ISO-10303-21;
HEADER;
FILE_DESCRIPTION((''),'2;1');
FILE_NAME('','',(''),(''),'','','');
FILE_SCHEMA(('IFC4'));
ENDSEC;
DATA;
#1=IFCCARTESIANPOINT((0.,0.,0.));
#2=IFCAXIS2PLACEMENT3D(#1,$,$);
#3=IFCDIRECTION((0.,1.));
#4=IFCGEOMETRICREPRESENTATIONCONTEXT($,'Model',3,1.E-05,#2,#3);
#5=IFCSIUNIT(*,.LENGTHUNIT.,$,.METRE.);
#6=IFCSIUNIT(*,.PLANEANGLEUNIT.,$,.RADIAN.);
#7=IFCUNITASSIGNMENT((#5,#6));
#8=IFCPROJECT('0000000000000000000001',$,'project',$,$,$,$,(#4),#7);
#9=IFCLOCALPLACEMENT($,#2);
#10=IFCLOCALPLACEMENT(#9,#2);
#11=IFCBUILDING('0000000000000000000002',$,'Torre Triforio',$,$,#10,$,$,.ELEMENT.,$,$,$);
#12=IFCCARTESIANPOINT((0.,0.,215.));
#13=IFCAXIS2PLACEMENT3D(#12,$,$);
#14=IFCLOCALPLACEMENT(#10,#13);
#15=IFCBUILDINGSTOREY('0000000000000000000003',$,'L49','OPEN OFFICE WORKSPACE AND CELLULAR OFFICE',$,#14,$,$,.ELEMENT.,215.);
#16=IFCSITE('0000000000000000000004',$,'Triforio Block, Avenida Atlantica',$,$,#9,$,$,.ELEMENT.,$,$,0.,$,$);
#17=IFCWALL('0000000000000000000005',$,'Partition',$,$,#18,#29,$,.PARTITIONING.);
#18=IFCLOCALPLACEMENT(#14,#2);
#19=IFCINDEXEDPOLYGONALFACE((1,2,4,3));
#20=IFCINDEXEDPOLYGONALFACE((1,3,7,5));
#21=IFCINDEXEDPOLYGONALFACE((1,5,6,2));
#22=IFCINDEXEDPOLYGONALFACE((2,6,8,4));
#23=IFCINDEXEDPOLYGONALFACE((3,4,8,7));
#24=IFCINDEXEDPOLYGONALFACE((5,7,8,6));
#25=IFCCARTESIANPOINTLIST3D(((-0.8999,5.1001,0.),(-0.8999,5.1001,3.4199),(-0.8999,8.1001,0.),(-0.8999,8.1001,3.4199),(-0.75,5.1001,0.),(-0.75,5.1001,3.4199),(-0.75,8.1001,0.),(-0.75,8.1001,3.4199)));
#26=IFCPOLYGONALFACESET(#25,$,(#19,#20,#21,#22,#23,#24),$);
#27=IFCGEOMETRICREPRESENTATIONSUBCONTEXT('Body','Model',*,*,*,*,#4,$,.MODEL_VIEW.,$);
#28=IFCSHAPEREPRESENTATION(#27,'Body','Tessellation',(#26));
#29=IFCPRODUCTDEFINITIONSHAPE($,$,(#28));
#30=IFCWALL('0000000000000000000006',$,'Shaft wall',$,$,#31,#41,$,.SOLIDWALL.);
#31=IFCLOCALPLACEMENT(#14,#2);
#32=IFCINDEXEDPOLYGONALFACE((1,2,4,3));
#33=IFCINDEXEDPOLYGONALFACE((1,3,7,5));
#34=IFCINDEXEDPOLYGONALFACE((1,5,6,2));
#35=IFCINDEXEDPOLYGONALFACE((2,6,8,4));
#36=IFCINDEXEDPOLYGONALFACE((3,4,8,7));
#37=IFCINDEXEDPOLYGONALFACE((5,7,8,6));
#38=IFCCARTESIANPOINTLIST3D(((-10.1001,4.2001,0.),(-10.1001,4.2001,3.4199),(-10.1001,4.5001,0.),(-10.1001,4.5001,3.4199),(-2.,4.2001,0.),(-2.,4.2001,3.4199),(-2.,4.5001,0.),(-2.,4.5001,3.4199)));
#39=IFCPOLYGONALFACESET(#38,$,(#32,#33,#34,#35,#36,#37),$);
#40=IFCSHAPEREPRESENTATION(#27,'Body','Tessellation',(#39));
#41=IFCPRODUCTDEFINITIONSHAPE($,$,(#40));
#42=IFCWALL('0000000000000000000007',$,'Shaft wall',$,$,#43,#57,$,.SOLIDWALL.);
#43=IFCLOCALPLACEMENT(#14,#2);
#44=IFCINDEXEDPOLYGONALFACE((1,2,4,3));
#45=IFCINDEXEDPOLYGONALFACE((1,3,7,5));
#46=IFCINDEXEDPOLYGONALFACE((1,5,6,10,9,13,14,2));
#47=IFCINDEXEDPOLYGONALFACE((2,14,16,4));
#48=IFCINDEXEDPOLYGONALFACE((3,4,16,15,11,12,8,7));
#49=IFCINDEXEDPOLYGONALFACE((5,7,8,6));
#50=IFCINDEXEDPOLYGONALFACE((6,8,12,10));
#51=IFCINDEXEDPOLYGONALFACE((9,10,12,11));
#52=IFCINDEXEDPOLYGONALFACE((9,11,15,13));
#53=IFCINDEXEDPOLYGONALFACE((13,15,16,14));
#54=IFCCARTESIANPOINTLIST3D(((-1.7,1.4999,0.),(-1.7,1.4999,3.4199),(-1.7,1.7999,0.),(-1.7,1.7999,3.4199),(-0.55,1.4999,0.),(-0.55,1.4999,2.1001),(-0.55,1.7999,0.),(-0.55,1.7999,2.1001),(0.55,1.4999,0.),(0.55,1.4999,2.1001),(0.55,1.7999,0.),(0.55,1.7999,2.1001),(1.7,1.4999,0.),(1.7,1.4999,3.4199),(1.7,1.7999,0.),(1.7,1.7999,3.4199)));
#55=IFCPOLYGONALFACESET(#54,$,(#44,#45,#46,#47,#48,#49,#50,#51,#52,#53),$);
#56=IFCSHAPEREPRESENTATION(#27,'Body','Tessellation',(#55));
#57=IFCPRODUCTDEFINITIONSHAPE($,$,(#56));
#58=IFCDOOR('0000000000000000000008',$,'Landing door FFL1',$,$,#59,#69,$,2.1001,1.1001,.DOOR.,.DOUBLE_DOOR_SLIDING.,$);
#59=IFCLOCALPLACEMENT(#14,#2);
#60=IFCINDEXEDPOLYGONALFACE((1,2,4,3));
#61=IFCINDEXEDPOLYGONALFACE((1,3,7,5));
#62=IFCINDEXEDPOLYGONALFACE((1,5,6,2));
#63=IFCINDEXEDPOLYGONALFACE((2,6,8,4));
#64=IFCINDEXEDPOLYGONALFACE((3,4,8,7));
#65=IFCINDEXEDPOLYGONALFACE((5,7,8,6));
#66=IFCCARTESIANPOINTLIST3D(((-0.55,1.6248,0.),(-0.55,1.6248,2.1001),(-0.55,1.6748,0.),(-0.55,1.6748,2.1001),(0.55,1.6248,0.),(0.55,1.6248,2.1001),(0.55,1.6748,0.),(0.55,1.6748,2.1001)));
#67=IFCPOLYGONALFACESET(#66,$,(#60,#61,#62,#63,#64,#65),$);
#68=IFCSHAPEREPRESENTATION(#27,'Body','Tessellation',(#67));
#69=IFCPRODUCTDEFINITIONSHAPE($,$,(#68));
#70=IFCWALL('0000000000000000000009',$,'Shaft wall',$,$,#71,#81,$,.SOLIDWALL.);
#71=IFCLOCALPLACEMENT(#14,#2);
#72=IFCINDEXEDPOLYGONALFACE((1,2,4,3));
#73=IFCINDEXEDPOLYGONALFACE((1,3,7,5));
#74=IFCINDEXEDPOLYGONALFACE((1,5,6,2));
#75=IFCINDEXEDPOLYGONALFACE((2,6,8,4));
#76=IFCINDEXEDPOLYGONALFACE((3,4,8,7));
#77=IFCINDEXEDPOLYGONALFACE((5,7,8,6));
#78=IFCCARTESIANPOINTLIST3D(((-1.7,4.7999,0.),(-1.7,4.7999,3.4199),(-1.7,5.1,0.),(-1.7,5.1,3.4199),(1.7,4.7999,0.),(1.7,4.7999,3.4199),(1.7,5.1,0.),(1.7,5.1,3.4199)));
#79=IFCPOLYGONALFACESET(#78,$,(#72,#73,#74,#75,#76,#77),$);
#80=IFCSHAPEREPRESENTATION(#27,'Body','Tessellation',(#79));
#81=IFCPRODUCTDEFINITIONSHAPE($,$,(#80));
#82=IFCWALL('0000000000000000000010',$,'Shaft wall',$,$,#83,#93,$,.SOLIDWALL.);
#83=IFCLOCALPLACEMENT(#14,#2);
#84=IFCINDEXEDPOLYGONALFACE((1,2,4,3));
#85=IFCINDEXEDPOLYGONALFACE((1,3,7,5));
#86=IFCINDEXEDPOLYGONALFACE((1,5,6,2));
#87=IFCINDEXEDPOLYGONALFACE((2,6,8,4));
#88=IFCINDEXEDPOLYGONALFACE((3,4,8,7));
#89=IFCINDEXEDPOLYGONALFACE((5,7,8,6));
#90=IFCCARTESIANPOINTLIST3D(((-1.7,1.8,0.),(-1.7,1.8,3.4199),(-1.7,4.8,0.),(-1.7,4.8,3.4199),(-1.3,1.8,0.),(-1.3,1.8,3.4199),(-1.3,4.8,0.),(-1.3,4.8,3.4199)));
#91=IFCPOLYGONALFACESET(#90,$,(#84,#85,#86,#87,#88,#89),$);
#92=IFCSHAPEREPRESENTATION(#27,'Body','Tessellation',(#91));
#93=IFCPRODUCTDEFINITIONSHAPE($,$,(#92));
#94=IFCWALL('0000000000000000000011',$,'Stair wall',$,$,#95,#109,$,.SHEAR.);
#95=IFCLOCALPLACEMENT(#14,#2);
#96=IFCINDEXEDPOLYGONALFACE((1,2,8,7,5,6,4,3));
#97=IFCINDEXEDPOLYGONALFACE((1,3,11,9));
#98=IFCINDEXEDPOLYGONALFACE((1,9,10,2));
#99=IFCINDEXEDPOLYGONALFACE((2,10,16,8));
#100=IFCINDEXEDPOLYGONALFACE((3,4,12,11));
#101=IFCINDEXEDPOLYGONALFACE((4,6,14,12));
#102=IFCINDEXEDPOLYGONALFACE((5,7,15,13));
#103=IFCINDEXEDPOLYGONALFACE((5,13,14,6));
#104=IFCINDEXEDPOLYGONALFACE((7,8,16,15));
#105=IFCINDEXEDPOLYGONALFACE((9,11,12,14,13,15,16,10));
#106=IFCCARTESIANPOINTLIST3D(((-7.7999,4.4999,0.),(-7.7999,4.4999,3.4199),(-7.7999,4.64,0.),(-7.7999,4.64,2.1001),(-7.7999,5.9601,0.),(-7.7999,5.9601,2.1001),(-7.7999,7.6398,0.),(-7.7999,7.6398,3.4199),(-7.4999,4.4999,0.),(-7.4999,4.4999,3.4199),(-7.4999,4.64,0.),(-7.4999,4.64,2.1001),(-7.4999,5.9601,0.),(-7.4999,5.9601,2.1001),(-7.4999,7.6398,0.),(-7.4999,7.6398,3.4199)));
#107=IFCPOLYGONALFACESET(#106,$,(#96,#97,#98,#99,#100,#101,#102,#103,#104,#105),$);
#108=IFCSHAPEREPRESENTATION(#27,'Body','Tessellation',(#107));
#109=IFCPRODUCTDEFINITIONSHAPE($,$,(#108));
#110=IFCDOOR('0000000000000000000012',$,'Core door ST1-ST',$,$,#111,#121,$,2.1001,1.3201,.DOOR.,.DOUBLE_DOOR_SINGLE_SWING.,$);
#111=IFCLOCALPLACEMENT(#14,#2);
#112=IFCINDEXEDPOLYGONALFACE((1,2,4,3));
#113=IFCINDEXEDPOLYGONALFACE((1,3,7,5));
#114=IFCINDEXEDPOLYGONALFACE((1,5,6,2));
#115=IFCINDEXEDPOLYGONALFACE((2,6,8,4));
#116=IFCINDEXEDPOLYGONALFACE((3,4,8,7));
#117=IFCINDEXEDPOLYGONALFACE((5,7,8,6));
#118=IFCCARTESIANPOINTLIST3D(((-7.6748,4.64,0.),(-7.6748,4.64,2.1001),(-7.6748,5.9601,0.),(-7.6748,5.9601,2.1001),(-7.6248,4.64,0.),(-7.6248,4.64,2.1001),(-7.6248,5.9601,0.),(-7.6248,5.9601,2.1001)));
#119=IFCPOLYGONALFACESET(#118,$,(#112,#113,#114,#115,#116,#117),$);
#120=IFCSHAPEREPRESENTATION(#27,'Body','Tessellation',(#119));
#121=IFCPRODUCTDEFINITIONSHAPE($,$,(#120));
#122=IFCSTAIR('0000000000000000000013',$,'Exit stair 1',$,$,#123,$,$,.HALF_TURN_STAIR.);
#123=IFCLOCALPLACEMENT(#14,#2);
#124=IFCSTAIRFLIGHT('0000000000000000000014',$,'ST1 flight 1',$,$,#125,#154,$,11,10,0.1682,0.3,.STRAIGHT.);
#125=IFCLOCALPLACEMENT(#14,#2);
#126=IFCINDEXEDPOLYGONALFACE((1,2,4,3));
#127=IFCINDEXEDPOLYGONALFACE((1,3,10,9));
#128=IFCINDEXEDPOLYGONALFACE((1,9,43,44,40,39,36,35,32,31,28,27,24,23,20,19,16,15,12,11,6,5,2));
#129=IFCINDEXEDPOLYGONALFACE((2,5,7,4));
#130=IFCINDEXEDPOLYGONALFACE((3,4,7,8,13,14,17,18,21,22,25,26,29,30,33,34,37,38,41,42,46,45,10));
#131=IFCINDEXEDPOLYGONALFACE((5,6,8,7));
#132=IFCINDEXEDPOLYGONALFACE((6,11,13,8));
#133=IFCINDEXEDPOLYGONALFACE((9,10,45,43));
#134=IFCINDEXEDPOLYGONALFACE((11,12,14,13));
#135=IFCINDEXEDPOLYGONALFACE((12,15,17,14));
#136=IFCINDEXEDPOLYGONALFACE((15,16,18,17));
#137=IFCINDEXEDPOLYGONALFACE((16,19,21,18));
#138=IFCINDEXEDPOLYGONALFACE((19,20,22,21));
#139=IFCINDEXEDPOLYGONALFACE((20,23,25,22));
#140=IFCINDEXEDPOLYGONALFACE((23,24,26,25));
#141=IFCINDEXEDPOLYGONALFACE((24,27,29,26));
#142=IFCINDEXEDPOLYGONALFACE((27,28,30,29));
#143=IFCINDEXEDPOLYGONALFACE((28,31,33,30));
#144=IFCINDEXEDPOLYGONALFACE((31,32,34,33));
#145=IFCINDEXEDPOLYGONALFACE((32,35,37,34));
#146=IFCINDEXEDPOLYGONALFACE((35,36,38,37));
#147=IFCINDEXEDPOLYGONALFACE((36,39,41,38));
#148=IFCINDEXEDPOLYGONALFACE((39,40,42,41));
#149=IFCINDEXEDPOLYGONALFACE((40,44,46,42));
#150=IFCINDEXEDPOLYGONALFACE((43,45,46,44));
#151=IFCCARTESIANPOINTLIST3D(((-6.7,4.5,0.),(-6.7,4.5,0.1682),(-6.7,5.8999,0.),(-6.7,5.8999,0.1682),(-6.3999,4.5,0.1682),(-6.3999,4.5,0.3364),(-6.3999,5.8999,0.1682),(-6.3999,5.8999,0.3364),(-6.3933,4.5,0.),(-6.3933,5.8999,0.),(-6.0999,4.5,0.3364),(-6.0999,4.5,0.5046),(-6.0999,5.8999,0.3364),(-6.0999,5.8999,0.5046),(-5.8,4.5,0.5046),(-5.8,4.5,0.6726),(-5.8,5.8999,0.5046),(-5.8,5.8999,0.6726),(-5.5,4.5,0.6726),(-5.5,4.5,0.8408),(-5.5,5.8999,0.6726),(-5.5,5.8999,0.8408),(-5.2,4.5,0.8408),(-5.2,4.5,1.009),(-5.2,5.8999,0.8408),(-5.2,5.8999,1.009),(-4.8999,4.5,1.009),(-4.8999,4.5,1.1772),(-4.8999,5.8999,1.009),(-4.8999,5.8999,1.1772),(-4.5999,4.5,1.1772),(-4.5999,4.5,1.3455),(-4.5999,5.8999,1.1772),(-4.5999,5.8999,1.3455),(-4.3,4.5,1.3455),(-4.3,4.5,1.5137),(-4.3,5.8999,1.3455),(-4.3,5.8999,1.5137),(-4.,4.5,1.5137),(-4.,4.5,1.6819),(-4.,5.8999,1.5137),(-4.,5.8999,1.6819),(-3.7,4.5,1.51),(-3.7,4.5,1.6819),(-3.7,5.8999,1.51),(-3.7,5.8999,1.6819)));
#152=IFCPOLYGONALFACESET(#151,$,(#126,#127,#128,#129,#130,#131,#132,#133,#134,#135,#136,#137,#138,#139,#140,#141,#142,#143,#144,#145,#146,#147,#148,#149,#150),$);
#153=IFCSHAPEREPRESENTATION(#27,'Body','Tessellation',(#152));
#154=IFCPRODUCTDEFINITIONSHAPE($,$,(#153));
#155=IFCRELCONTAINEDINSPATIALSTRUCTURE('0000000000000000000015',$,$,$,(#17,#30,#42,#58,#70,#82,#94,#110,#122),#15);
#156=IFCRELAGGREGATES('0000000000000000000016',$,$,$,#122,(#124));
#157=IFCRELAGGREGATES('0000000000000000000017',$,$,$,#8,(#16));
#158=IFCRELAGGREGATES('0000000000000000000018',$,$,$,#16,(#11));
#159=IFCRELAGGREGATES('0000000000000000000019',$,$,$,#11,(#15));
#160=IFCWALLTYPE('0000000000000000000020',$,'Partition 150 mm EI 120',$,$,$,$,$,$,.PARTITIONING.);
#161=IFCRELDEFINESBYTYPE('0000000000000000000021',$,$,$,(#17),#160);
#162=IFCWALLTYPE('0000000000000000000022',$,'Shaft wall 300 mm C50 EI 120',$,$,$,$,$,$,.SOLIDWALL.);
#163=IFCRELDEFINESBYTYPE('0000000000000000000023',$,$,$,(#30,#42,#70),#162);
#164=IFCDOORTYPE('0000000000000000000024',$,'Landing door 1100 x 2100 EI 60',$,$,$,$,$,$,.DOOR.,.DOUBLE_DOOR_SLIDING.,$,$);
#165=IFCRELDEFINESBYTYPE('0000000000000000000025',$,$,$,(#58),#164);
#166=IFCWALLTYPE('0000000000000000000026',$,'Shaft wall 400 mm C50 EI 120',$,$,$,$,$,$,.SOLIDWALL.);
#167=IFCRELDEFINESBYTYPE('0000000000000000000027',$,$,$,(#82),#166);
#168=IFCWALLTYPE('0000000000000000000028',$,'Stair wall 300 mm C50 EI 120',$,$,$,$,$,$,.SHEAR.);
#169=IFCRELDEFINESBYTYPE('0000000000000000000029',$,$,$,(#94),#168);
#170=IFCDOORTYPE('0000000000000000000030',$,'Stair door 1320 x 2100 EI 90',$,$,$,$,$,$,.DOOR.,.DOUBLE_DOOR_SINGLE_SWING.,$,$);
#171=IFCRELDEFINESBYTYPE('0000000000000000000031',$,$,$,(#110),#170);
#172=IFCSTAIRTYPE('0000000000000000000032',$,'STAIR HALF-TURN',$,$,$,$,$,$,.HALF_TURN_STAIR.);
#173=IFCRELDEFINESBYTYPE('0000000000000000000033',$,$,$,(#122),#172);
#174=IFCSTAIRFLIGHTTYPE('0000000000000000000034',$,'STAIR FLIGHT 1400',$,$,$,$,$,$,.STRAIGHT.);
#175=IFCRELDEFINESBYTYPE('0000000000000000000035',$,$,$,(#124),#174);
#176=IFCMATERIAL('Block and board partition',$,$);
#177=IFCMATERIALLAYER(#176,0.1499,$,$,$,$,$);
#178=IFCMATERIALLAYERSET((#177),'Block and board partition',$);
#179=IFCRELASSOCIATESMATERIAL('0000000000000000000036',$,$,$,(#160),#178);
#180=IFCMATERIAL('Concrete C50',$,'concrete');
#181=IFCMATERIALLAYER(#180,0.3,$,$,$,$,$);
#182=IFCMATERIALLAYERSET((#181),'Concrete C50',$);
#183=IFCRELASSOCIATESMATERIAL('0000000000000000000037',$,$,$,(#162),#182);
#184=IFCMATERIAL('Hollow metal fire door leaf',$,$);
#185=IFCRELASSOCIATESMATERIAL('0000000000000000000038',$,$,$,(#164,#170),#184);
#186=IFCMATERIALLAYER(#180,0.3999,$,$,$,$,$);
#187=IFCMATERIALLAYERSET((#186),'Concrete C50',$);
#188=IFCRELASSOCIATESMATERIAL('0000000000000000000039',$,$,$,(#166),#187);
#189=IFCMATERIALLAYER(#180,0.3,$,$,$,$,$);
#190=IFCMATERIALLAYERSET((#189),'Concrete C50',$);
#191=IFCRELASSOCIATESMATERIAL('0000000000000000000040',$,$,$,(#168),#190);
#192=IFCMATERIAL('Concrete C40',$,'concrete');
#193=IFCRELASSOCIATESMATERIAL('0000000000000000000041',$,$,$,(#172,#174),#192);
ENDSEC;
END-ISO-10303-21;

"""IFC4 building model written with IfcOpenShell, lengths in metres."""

from ifc_helpers import new_model, si_unit, direction, frame, frame_2d, origin, place, context, subcontext, project, spatial, polyline, rectangle, outline, extrude, material, layer, layer_set, type_object, element, fill, aggregate, save


model = new_model("IFC4")

# Units and contexts
model_context = context("Model", 3, precision=1e-05, world=origin(), true_north=direction((0.0, 1.0)))
body_context = subcontext(model_context, "Body", "Model", "MODEL_VIEW")
ifc_project = project(units=[si_unit("LENGTHUNIT", "METRE"), si_unit("PLANEANGLEUNIT", "RADIAN")], contexts=[model_context])

# Site, building, storey
site_placement = place(None, origin())
site = spatial("IfcSite", under=ifc_project, at=site_placement, Name="Triforio Block, Avenida Atlantica", CompositionType="ELEMENT", RefElevation=0.0)
building_placement = place(site_placement, origin())
building = spatial("IfcBuilding", under=site, at=building_placement, Name="Torre Triforio", CompositionType="ELEMENT")
storey_placement = place(building_placement, frame((0.0, 0.0, 215.0)))
storey = spatial("IfcBuildingStorey", under=building, at=storey_placement, Name="L49", Description="OPEN OFFICE WORKSPACE AND CELLULAR OFFICE", CompositionType="ELEMENT", Elevation=215.0)

# Shared definitions
ifc_material_1 = material(Name="Concrete C40", Category="concrete")

# Walls
ifc_material_2 = material(Name="Concrete C50", Category="concrete")
ifc_material_3 = material(Name="Block and board partition")
ifc_layer_1 = layer(ifc_material_3, 0.1499)
ifc_layer_set_1 = layer_set([ifc_layer_1], Name="Block and board partition")
wall_type_1 = type_object("IfcWallType", Name="Partition 150 mm EI 120", PredefinedType="PARTITIONING", material=ifc_layer_set_1)
wall_1_placement = place(storey_placement, frame((-0.825, 5.1001, 0.0), z_axis=(0.0, 0.0, 1.0), x_axis=(0.0, 1.0, 0.0)))
element("IfcWall", 1, at=wall_1_placement, inside=storey, type_object=wall_type_1, Name="Partition", PredefinedType="PARTITIONING", context=body_context, shape_type="SweptSolid", body=[
    extrude(rectangle(XDim=3.0, YDim=0.1499, at=frame_2d((1.5, 0.0))), origin(), (0.0, 0.0, 1.0), 3.4199),
])
ifc_layer_2 = layer(ifc_material_2, 0.3)
ifc_layer_set_2 = layer_set([ifc_layer_2], Name="Concrete C50")
wall_type_2 = type_object("IfcWallType", Name="Shaft wall 300 mm C50 EI 120", PredefinedType="SOLIDWALL", material=ifc_layer_set_2)
wall_2_placement = place(storey_placement, frame((-10.1001, 4.3501, 0.0), z_axis=(0.0, 0.0, 1.0), x_axis=(1.0, 0.0, 0.0)))
element("IfcWall", 2, at=wall_2_placement, inside=storey, type_object=wall_type_2, Name="Shaft wall", PredefinedType="SOLIDWALL", context=body_context, shape_type="SweptSolid", body=[
    extrude(rectangle(XDim=8.1001, YDim=0.3, at=frame_2d((4.05, 0.0))), origin(), (0.0, 0.0, 1.0), 3.4199),
])

# Wall, opening, door
wall_3_placement = place(storey_placement, frame((-1.7, 1.6499, 0.0), z_axis=(0.0, 0.0, 1.0), x_axis=(1.0, 0.0, 0.0)))
wall_3 = element("IfcWall", 3, at=wall_3_placement, inside=storey, type_object=wall_type_2, Name="Shaft wall", PredefinedType="SOLIDWALL", context=body_context, shape_type="SweptSolid", body=[
    extrude(rectangle(XDim=3.3999, YDim=0.3, at=frame_2d((1.7, 0.0))), origin(), (0.0, 0.0, 1.0), 3.4199),
])
opening_1_placement = place(wall_3_placement, frame((1.1499, 0.0, 0.0)))
opening_1 = element("IfcOpeningElement", 4, at=opening_1_placement, cuts=wall_3, PredefinedType="OPENING", context=body_context, shape_type="SweptSolid", body=[
    extrude(rectangle(XDim=1.1001, YDim=2.1001, at=frame_2d((0.55, 1.05))), frame((0.0, 0.1599, 0.0), z_axis=(0.0, -1.0, 0.0), x_axis=(1.0, 0.0, 0.0)), (0.0, 0.0, 1.0), 0.3201),
])
ifc_material_4 = material(Name="Hollow metal fire door leaf")
door_type_1 = type_object("IfcDoorType", Name="Landing door 1100 x 2100 EI 60", OperationType="DOUBLE_DOOR_SLIDING", PredefinedType="DOOR", material=ifc_material_4)
door_1_placement = place(opening_1_placement, origin())
door_1 = element("IfcDoor", 5, at=door_1_placement, inside=storey, type_object=door_type_1, Name="Landing door FFL1", OperationType="DOUBLE_DOOR_SLIDING", OverallHeight=2.1001, OverallWidth=1.1001, PredefinedType="DOOR", context=body_context, shape_type="SweptSolid", body=[
    extrude(rectangle(XDim=1.1001, YDim=2.1001, at=frame_2d((0.55, 1.05))), frame((0.0, 0.0249, 0.0), z_axis=(0.0, -1.0, 0.0), x_axis=(1.0, 0.0, 0.0)), (0.0, 0.0, 1.0), 0.05),
])
fill(opening_1, door_1)

# Walls
wall_4_placement = place(storey_placement, frame((-1.7, 4.95, 0.0), z_axis=(0.0, 0.0, 1.0), x_axis=(1.0, 0.0, 0.0)))
element("IfcWall", 6, at=wall_4_placement, inside=storey, type_object=wall_type_2, Name="Shaft wall", PredefinedType="SOLIDWALL", context=body_context, shape_type="SweptSolid", body=[
    extrude(rectangle(XDim=3.3999, YDim=0.3, at=frame_2d((1.7, 0.0))), origin(), (0.0, 0.0, 1.0), 3.4199),
])
ifc_layer_3 = layer(ifc_material_2, 0.3999)
ifc_layer_set_3 = layer_set([ifc_layer_3], Name="Concrete C50")
wall_type_3 = type_object("IfcWallType", Name="Shaft wall 400 mm C50 EI 120", PredefinedType="SOLIDWALL", material=ifc_layer_set_3)
wall_5_placement = place(storey_placement, frame((-1.5, 1.8, 0.0), z_axis=(0.0, 0.0, 1.0), x_axis=(0.0, 1.0, 0.0)))
element("IfcWall", 7, at=wall_5_placement, inside=storey, type_object=wall_type_3, Name="Shaft wall", PredefinedType="SOLIDWALL", context=body_context, shape_type="SweptSolid", body=[
    extrude(rectangle(XDim=3.0, YDim=0.3999, at=frame_2d((1.5, 0.0))), origin(), (0.0, 0.0, 1.0), 3.4199),
])

# Wall, opening, door
ifc_layer_4 = layer(ifc_material_2, 0.3)
ifc_layer_set_4 = layer_set([ifc_layer_4], Name="Concrete C50")
wall_type_4 = type_object("IfcWallType", Name="Stair wall 300 mm C50 EI 120", PredefinedType="SHEAR", material=ifc_layer_set_4)
wall_6_placement = place(storey_placement, frame((-7.6499, 4.5, 0.0), z_axis=(0.0, 0.0, 1.0), x_axis=(0.0, 1.0, 0.0)))
wall_6 = element("IfcWall", 8, at=wall_6_placement, inside=storey, type_object=wall_type_4, Name="Stair wall", PredefinedType="SHEAR", context=body_context, shape_type="SweptSolid", body=[
    extrude(rectangle(XDim=3.1399, YDim=0.3, at=frame_2d((1.5698, 0.0))), origin(), (0.0, 0.0, 1.0), 3.4199),
])
opening_2_placement = place(wall_6_placement, frame((0.1399, 0.0, 0.0)))
opening_2 = element("IfcOpeningElement", 9, at=opening_2_placement, cuts=wall_6, PredefinedType="OPENING", context=body_context, shape_type="SweptSolid", body=[
    extrude(rectangle(XDim=1.3201, YDim=2.1001, at=frame_2d((0.6602, 1.05))), frame((0.0, 0.1599, 0.0), z_axis=(0.0, -1.0, 0.0), x_axis=(1.0, 0.0, 0.0)), (0.0, 0.0, 1.0), 0.3201),
])
door_type_2 = type_object("IfcDoorType", Name="Stair door 1320 x 2100 EI 90", OperationType="DOUBLE_DOOR_SINGLE_SWING", PredefinedType="DOOR", material=ifc_material_4)
door_2_placement = place(opening_2_placement, origin())
door_2 = element("IfcDoor", 10, at=door_2_placement, inside=storey, type_object=door_type_2, Name="Core door ST1-ST", OperationType="DOUBLE_DOOR_SINGLE_SWING", OverallHeight=2.1001, OverallWidth=1.3201, PredefinedType="DOOR", context=body_context, shape_type="SweptSolid", body=[
    extrude(rectangle(XDim=1.3201, YDim=2.1001, at=frame_2d((0.6602, 1.05))), frame((0.0, 0.0249, 0.0), z_axis=(0.0, -1.0, 0.0), x_axis=(1.0, 0.0, 0.0)), (0.0, 0.0, 1.0), 0.05),
])
fill(opening_2, door_2)

# Stair, stair flight
stair_type = type_object("IfcStairType", Name="STAIR HALF-TURN", PredefinedType="HALF_TURN_STAIR", material=ifc_material_1)
stair_placement = place(storey_placement, origin())
stair = element("IfcStair", 11, at=stair_placement, inside=storey, type_object=stair_type, Name="Exit stair 1", PredefinedType="HALF_TURN_STAIR")
stair_flight_type = type_object("IfcStairFlightType", Name="STAIR FLIGHT 1400", PredefinedType="STRAIGHT", material=ifc_material_1)
stair_flight_placement = place(storey_placement, frame((-6.7, 5.2, 0.0), z_axis=(0.0, 0.0, 1.0), x_axis=(1.0, 0.0, 0.0)))
stair_flight = element("IfcStairFlight", 12, at=stair_flight_placement, type_object=stair_flight_type, Name="ST1 flight 1", NumberOfRisers=11, NumberOfTreads=10, PredefinedType="STRAIGHT", RiserHeight=0.1682, TreadLength=0.3, context=body_context, shape_type="SweptSolid", body=[
    extrude(outline(polyline([(0.0, 0.0), (0.0, 0.1682), (0.3, 0.1682), (0.3, 0.3364), (0.6001, 0.3364), (0.6001, 0.5046), (0.8999, 0.5046), (0.8999, 0.6726), (1.2, 0.6726), (1.2, 0.8408), (1.5, 0.8408), (1.5, 1.009), (1.8, 1.009), (1.8, 1.1772), (2.1001, 1.1772), (2.1001, 1.3455), (2.3999, 1.3455), (2.3999, 1.5137), (2.7, 1.5137), (2.7, 1.6819), (3.0, 1.6819), (3.0, 1.8501), (3.0, 1.51), (0.3066, 0.0), (0.0, 0.0)])), frame((0.0, 0.7, 0.0), z_axis=(0.0, -1.0, 0.0), x_axis=(1.0, 0.0, 0.0)), (0.0, 0.0, 1.0), 1.3999),
])
aggregate(stair, [stair_flight])

save(model, "model.ifc")
